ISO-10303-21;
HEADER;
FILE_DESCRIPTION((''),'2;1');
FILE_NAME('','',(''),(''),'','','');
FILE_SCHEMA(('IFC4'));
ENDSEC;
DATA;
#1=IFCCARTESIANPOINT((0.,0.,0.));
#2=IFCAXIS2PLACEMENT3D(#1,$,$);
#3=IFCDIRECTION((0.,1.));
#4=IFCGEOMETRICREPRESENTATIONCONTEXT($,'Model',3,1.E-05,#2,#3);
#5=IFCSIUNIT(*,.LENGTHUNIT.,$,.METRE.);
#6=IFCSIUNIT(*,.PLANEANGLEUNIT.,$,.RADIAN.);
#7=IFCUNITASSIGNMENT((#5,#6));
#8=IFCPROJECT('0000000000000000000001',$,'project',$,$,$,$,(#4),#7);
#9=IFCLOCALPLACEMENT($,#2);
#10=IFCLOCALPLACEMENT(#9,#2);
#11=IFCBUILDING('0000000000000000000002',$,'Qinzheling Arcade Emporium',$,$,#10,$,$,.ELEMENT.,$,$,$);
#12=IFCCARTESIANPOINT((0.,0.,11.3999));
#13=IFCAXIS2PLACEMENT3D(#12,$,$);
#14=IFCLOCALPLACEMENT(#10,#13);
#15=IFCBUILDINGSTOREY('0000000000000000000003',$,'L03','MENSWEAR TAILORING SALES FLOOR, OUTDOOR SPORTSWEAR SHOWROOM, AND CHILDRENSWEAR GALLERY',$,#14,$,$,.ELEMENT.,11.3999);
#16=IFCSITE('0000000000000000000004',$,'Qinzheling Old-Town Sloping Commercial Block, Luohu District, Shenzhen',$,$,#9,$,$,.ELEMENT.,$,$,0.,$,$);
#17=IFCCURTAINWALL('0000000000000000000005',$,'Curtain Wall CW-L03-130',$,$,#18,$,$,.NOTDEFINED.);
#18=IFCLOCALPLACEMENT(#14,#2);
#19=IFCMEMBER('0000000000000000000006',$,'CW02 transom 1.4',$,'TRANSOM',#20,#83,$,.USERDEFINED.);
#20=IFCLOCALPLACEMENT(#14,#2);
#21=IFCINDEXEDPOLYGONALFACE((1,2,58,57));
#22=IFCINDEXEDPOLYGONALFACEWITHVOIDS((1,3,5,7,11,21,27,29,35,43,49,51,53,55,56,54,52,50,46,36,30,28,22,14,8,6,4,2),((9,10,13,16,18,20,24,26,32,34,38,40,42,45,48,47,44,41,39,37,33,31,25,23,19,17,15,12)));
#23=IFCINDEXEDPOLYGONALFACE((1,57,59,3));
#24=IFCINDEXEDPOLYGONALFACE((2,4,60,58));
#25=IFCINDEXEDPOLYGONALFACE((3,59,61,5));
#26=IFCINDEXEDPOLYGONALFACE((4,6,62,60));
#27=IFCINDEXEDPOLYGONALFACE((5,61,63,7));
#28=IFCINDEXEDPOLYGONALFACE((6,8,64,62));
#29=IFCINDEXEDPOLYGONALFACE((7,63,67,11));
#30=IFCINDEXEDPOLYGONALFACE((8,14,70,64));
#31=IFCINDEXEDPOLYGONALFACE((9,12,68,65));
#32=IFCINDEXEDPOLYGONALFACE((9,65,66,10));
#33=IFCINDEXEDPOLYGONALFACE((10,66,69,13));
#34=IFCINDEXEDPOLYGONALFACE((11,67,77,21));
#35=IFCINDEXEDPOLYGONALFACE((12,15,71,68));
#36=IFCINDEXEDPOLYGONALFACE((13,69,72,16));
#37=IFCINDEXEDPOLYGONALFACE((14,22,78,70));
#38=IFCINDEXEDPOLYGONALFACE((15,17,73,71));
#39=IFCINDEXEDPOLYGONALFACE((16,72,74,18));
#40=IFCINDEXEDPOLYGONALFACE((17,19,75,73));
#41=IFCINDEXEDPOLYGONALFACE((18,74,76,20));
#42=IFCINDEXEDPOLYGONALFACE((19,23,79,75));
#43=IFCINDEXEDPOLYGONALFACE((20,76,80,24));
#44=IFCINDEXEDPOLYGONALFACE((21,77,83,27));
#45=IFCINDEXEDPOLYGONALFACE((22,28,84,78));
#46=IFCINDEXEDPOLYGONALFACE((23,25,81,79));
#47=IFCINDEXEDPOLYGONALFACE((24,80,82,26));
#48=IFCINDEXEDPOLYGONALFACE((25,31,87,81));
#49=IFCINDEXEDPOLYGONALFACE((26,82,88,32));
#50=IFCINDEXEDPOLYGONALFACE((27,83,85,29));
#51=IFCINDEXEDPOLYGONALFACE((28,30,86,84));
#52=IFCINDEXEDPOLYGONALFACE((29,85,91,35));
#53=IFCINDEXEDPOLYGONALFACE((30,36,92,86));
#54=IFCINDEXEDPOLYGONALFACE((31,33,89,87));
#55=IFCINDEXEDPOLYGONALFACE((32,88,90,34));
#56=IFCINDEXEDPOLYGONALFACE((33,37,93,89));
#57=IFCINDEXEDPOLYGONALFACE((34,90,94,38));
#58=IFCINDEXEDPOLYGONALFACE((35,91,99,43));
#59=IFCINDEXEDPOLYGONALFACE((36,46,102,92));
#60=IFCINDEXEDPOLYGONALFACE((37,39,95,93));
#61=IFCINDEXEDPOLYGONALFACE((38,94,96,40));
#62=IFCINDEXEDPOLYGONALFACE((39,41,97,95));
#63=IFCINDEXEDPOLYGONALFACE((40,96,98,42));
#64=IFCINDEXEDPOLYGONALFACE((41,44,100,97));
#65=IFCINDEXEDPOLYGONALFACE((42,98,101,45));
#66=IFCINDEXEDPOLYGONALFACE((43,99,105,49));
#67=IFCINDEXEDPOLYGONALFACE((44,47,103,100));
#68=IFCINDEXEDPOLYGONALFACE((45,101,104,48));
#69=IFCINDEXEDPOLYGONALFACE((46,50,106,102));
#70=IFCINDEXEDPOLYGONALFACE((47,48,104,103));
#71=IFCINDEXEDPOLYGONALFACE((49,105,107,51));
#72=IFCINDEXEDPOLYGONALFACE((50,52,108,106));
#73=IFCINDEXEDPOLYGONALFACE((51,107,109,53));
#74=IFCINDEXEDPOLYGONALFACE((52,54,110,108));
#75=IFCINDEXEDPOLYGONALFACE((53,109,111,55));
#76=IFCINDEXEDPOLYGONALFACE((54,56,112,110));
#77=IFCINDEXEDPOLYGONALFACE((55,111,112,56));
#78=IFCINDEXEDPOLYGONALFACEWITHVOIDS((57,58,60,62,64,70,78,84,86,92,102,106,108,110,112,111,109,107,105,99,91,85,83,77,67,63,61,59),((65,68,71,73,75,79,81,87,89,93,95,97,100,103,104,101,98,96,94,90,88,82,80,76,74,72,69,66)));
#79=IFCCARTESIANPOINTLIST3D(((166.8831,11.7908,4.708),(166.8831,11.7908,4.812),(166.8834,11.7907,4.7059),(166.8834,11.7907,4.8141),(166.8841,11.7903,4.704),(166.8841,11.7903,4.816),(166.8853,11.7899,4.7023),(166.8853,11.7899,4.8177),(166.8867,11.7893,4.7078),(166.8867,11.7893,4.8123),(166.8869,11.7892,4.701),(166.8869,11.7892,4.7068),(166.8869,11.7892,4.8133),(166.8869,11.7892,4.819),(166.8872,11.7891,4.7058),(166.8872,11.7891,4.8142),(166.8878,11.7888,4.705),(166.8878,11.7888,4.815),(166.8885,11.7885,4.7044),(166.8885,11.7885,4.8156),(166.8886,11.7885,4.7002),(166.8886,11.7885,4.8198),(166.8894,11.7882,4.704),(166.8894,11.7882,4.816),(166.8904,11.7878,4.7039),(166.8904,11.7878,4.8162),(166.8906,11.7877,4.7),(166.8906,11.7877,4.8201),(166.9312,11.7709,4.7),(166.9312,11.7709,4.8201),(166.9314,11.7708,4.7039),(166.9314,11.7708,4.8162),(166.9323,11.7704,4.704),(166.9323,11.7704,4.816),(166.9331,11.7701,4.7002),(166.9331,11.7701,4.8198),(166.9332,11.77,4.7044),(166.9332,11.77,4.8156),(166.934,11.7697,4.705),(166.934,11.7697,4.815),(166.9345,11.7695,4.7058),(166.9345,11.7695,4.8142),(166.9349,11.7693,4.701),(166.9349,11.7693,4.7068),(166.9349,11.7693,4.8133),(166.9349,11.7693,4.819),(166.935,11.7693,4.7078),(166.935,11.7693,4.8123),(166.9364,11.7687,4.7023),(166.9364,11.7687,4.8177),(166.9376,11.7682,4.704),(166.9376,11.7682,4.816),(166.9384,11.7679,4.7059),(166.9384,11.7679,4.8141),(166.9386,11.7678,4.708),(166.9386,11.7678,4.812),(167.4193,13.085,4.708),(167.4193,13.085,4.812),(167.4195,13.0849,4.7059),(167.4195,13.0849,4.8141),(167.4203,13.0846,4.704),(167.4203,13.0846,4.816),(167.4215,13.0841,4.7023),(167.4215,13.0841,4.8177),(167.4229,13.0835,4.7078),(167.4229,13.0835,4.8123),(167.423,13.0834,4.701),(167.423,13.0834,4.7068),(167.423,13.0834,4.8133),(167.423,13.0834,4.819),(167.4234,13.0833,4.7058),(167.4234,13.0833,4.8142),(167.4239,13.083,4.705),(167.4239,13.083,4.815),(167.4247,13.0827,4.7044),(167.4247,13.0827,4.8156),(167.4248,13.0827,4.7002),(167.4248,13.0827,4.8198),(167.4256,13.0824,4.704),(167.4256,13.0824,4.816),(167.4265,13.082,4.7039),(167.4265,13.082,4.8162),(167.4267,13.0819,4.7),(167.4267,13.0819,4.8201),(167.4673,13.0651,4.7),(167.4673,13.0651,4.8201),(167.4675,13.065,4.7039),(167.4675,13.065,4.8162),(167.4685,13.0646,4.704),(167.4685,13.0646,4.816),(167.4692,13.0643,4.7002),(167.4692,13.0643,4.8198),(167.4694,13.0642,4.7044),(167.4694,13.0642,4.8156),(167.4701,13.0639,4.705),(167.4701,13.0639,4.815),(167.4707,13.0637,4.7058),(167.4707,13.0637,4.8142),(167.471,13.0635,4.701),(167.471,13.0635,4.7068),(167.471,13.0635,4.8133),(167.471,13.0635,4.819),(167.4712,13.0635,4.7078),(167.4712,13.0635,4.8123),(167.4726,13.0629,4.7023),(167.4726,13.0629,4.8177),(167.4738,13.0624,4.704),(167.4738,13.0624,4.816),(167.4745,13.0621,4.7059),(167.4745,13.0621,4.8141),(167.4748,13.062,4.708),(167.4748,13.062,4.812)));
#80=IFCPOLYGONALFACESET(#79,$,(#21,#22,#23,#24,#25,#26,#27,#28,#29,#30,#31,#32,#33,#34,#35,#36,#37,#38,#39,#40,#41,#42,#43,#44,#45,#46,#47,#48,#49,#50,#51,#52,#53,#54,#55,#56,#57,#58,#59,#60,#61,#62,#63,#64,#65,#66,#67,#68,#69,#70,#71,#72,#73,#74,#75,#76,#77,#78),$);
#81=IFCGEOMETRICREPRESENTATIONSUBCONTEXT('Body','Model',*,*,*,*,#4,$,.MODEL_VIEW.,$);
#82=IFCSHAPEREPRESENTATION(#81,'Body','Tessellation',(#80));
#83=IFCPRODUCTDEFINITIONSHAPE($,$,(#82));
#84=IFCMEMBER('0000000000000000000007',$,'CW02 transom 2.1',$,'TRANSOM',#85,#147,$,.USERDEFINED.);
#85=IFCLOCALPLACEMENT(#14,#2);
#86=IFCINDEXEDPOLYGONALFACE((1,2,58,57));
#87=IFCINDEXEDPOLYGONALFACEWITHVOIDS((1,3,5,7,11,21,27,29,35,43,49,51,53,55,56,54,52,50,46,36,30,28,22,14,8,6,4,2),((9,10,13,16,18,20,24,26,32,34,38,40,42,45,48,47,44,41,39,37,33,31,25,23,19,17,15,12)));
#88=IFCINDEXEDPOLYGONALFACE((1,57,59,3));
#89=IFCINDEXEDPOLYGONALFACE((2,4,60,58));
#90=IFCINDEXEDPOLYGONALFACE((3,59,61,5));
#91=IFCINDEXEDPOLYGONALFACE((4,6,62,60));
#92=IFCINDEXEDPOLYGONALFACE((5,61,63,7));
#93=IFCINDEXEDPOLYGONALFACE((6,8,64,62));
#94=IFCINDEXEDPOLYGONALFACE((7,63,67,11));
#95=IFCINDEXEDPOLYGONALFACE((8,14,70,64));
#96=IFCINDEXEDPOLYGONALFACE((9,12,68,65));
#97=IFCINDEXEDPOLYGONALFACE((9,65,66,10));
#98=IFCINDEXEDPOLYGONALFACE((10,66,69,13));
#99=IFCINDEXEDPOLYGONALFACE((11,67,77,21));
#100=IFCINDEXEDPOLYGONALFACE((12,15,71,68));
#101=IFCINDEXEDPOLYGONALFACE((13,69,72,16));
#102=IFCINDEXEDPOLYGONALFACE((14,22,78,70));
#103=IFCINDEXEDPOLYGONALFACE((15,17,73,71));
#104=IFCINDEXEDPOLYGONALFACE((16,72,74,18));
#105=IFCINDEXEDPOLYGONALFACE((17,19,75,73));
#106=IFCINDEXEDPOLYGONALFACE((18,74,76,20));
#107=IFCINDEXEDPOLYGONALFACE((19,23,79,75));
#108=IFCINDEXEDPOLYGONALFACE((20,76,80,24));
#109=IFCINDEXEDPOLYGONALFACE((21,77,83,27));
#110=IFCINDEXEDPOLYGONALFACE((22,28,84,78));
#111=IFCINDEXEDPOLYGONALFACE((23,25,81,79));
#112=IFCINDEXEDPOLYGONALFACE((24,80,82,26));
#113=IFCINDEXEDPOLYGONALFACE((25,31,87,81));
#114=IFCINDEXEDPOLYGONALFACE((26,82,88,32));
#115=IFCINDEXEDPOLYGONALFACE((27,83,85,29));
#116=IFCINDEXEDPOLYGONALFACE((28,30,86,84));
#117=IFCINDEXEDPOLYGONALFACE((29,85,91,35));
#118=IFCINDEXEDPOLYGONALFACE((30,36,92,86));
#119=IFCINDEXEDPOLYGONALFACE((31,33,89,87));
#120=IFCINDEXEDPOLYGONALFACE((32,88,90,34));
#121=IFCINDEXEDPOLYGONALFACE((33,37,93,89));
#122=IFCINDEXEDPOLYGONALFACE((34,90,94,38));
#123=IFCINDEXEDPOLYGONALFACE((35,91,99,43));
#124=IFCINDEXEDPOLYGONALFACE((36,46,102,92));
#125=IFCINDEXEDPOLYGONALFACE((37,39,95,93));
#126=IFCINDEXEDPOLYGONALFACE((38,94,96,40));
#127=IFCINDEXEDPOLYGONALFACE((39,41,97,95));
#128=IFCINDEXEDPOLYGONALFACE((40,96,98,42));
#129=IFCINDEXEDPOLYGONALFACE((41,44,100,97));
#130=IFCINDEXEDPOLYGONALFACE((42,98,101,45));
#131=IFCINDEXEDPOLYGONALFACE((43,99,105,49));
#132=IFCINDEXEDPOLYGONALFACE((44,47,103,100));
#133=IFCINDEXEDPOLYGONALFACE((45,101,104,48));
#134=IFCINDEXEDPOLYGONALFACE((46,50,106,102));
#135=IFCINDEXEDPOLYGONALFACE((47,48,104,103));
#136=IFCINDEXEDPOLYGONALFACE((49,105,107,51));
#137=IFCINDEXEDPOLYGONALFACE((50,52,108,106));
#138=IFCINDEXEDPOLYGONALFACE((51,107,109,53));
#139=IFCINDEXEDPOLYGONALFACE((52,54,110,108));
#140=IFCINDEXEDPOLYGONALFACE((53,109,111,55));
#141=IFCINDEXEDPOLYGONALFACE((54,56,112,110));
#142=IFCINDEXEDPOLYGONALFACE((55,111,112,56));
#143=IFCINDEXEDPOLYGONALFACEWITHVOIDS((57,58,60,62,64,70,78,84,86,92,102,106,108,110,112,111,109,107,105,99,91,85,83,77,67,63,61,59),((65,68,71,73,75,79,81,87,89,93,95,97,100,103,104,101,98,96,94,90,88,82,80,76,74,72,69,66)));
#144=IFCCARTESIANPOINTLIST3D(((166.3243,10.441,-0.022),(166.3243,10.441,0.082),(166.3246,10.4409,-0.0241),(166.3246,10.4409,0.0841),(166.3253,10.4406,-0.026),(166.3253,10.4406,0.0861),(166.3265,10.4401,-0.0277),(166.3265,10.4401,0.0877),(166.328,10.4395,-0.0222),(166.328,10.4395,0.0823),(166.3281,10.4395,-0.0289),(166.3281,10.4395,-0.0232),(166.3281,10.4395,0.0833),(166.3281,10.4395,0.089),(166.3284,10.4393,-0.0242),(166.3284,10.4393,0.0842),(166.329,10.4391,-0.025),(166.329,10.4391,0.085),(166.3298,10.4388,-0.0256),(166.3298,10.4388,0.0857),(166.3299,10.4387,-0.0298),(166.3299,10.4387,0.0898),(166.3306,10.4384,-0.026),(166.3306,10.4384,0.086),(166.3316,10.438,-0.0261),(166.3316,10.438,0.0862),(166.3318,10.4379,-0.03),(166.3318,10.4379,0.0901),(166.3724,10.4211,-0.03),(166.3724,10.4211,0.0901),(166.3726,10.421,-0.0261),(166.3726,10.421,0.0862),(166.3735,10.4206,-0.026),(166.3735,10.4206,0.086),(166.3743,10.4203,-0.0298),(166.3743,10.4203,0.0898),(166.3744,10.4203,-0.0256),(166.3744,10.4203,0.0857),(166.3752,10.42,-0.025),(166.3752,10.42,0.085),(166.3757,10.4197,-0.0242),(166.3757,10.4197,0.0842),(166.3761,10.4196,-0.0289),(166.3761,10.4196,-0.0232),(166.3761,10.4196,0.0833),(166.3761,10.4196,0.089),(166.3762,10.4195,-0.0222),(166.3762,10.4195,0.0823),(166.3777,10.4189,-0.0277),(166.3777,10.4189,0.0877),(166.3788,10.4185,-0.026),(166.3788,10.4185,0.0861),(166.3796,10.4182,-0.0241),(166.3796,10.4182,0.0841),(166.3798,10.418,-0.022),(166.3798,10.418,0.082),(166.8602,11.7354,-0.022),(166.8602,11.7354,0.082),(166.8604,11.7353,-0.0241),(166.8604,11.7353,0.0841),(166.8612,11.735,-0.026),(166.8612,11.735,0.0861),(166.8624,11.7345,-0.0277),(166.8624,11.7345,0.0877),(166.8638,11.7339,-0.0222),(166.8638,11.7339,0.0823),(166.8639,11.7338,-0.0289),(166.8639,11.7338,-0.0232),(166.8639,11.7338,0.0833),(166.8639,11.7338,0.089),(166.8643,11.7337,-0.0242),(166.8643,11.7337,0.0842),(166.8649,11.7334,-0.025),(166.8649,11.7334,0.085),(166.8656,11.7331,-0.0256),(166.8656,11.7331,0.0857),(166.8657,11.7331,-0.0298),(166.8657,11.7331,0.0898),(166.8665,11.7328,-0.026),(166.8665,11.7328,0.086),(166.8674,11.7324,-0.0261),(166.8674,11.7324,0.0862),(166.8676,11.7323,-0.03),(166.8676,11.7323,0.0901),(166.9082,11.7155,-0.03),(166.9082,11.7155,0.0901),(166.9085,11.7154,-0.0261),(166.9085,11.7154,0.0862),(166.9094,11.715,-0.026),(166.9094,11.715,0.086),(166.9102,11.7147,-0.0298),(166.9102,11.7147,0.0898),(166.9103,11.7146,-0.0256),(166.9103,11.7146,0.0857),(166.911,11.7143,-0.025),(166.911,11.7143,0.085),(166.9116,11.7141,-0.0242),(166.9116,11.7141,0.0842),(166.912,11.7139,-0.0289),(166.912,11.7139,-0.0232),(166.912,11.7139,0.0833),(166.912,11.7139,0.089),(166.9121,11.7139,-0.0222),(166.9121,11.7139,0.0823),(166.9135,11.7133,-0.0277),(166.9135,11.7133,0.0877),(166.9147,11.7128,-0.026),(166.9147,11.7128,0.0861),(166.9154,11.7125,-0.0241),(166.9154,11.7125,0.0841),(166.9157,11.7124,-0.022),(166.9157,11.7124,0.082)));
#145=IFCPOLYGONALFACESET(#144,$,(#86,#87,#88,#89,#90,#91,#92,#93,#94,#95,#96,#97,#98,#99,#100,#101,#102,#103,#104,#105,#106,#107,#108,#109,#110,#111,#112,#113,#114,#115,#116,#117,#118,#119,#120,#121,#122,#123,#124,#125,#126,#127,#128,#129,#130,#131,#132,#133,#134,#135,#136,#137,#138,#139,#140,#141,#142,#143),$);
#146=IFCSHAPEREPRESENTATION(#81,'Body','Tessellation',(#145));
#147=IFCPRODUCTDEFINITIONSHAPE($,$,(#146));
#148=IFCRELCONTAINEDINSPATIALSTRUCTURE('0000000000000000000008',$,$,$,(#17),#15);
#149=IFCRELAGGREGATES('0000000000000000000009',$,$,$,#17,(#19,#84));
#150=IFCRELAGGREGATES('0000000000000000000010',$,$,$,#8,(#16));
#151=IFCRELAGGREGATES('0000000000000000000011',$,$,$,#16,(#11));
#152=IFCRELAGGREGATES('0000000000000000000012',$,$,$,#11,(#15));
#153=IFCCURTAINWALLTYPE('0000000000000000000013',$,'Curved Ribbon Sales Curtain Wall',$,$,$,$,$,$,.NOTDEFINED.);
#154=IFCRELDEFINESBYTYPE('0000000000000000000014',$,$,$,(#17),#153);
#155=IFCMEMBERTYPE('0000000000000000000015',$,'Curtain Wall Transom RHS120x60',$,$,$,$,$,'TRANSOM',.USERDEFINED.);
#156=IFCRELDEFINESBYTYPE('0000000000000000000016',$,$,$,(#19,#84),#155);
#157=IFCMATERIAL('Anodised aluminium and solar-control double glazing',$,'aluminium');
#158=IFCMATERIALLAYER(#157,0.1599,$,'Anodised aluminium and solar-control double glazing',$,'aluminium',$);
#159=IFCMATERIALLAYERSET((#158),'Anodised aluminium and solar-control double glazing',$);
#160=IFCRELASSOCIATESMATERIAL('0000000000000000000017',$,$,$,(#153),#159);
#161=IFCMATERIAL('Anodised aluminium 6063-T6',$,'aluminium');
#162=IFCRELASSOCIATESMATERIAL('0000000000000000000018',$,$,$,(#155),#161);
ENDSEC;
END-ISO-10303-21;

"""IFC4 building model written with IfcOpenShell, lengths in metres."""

from ifc_helpers import new_model, si_unit, direction, frame, origin, origin_2d, place, context, subcontext, project, spatial, hollow_rectangle, extrude, material, layer, layer_set, material_profile, profile_set, type_object, element, aggregate, save


model = new_model("IFC4")

# Units and contexts
model_context = context("Model", 3, precision=1e-05, world=origin(), true_north=direction((0.0, 1.0)))
body_context = subcontext(model_context, "Body", "Model", "MODEL_VIEW")
ifc_project = project(units=[si_unit("LENGTHUNIT", "METRE"), si_unit("PLANEANGLEUNIT", "RADIAN")], contexts=[model_context])

# Site, building, storey
site_placement = place(None, origin())
site = spatial("IfcSite", under=ifc_project, at=site_placement, Name="Qinzheling Old-Town Sloping Commercial Block, Luohu District, Shenzhen", CompositionType="ELEMENT", RefElevation=0.0)
building_placement = place(site_placement, origin())
building = spatial("IfcBuilding", under=site, at=building_placement, Name="Qinzheling Arcade Emporium", CompositionType="ELEMENT")
storey_placement = place(building_placement, frame((0.0, 0.0, 11.3999)))
storey = spatial("IfcBuildingStorey", under=building, at=storey_placement, Name="L03", Description="MENSWEAR TAILORING SALES FLOOR, OUTDOOR SPORTSWEAR SHOWROOM, AND CHILDRENSWEAR GALLERY", CompositionType="ELEMENT", Elevation=11.3999)

# Shared definitions
ifc_material_1 = material(Name="Anodised aluminium and solar-control double glazing", Category="aluminium")
ifc_material_2 = material(Name="Anodised aluminium 6063-T6", Category="aluminium")

# Curtain wall
ifc_layer_1 = layer(ifc_material_1, 0.1599, Name="Anodised aluminium and solar-control double glazing", Category="aluminium")
ifc_layer_set_1 = layer_set([ifc_layer_1], Name="Anodised aluminium and solar-control double glazing")
curtain_wall_type_1 = type_object("IfcCurtainWallType", Name="Curved Ribbon Sales Curtain Wall", PredefinedType="NOTDEFINED", material=ifc_layer_set_1)
curtain_wall_1_placement = place(storey_placement, origin())
curtain_wall_1 = element("IfcCurtainWall", 1, at=curtain_wall_1_placement, inside=storey, type_object=curtain_wall_type_1, Name="Curtain Wall CW-L03-130", PredefinedType="NOTDEFINED")

# Members
ifc_material_profile_1 = material_profile(ifc_material_2, hollow_rectangle(XDim=0.0601, YDim=0.1201, WallThickness=0.0039, InnerFilletRadius=0.0039, OuterFilletRadius=0.0081, at=origin_2d()), Name="RHS 120x60x4", Category="aluminium")
ifc_profile_set_1 = profile_set([ifc_material_profile_1], Name="Anodised aluminium 6063-T6")
member_type_1 = type_object("IfcMemberType", Name="Curtain Wall Transom RHS120x60", ElementType="TRANSOM", PredefinedType="USERDEFINED", material=ifc_profile_set_1)
member_1_placement = place(storey_placement, frame((167.447, 13.0735, 4.76), z_axis=(-0.382721, -0.923864, 0.0), x_axis=(0.923864, -0.382721, 0.0)))
member_1 = element("IfcMember", 2, at=member_1_placement, type_object=member_type_1, Name="CW02 transom 1.4", ObjectType="TRANSOM", PredefinedType="USERDEFINED", context=body_context, shape_type="SweptSolid", body=[
    extrude(hollow_rectangle(XDim=0.0601, YDim=0.1201, WallThickness=0.0039, InnerFilletRadius=0.0039, OuterFilletRadius=0.0081, at=origin_2d()), origin(), (0.0, 0.0, 1.0), 1.4009),
])
member_2_placement = place(storey_placement, frame((166.8879, 11.7239, 0.03), z_axis=(-0.382511, -0.923951, 0.0), x_axis=(0.923951, -0.382511, 0.0)))
member_2 = element("IfcMember", 3, at=member_2_placement, type_object=member_type_1, Name="CW02 transom 2.1", ObjectType="TRANSOM", PredefinedType="USERDEFINED", context=body_context, shape_type="SweptSolid", body=[
    extrude(hollow_rectangle(XDim=0.0601, YDim=0.1201, WallThickness=0.0039, InnerFilletRadius=0.0039, OuterFilletRadius=0.0081, at=origin_2d()), origin(), (0.0, 0.0, 1.0), 1.4009),
])

aggregate(curtain_wall_1, [member_1, member_2])

save(model, "model.ifc")
